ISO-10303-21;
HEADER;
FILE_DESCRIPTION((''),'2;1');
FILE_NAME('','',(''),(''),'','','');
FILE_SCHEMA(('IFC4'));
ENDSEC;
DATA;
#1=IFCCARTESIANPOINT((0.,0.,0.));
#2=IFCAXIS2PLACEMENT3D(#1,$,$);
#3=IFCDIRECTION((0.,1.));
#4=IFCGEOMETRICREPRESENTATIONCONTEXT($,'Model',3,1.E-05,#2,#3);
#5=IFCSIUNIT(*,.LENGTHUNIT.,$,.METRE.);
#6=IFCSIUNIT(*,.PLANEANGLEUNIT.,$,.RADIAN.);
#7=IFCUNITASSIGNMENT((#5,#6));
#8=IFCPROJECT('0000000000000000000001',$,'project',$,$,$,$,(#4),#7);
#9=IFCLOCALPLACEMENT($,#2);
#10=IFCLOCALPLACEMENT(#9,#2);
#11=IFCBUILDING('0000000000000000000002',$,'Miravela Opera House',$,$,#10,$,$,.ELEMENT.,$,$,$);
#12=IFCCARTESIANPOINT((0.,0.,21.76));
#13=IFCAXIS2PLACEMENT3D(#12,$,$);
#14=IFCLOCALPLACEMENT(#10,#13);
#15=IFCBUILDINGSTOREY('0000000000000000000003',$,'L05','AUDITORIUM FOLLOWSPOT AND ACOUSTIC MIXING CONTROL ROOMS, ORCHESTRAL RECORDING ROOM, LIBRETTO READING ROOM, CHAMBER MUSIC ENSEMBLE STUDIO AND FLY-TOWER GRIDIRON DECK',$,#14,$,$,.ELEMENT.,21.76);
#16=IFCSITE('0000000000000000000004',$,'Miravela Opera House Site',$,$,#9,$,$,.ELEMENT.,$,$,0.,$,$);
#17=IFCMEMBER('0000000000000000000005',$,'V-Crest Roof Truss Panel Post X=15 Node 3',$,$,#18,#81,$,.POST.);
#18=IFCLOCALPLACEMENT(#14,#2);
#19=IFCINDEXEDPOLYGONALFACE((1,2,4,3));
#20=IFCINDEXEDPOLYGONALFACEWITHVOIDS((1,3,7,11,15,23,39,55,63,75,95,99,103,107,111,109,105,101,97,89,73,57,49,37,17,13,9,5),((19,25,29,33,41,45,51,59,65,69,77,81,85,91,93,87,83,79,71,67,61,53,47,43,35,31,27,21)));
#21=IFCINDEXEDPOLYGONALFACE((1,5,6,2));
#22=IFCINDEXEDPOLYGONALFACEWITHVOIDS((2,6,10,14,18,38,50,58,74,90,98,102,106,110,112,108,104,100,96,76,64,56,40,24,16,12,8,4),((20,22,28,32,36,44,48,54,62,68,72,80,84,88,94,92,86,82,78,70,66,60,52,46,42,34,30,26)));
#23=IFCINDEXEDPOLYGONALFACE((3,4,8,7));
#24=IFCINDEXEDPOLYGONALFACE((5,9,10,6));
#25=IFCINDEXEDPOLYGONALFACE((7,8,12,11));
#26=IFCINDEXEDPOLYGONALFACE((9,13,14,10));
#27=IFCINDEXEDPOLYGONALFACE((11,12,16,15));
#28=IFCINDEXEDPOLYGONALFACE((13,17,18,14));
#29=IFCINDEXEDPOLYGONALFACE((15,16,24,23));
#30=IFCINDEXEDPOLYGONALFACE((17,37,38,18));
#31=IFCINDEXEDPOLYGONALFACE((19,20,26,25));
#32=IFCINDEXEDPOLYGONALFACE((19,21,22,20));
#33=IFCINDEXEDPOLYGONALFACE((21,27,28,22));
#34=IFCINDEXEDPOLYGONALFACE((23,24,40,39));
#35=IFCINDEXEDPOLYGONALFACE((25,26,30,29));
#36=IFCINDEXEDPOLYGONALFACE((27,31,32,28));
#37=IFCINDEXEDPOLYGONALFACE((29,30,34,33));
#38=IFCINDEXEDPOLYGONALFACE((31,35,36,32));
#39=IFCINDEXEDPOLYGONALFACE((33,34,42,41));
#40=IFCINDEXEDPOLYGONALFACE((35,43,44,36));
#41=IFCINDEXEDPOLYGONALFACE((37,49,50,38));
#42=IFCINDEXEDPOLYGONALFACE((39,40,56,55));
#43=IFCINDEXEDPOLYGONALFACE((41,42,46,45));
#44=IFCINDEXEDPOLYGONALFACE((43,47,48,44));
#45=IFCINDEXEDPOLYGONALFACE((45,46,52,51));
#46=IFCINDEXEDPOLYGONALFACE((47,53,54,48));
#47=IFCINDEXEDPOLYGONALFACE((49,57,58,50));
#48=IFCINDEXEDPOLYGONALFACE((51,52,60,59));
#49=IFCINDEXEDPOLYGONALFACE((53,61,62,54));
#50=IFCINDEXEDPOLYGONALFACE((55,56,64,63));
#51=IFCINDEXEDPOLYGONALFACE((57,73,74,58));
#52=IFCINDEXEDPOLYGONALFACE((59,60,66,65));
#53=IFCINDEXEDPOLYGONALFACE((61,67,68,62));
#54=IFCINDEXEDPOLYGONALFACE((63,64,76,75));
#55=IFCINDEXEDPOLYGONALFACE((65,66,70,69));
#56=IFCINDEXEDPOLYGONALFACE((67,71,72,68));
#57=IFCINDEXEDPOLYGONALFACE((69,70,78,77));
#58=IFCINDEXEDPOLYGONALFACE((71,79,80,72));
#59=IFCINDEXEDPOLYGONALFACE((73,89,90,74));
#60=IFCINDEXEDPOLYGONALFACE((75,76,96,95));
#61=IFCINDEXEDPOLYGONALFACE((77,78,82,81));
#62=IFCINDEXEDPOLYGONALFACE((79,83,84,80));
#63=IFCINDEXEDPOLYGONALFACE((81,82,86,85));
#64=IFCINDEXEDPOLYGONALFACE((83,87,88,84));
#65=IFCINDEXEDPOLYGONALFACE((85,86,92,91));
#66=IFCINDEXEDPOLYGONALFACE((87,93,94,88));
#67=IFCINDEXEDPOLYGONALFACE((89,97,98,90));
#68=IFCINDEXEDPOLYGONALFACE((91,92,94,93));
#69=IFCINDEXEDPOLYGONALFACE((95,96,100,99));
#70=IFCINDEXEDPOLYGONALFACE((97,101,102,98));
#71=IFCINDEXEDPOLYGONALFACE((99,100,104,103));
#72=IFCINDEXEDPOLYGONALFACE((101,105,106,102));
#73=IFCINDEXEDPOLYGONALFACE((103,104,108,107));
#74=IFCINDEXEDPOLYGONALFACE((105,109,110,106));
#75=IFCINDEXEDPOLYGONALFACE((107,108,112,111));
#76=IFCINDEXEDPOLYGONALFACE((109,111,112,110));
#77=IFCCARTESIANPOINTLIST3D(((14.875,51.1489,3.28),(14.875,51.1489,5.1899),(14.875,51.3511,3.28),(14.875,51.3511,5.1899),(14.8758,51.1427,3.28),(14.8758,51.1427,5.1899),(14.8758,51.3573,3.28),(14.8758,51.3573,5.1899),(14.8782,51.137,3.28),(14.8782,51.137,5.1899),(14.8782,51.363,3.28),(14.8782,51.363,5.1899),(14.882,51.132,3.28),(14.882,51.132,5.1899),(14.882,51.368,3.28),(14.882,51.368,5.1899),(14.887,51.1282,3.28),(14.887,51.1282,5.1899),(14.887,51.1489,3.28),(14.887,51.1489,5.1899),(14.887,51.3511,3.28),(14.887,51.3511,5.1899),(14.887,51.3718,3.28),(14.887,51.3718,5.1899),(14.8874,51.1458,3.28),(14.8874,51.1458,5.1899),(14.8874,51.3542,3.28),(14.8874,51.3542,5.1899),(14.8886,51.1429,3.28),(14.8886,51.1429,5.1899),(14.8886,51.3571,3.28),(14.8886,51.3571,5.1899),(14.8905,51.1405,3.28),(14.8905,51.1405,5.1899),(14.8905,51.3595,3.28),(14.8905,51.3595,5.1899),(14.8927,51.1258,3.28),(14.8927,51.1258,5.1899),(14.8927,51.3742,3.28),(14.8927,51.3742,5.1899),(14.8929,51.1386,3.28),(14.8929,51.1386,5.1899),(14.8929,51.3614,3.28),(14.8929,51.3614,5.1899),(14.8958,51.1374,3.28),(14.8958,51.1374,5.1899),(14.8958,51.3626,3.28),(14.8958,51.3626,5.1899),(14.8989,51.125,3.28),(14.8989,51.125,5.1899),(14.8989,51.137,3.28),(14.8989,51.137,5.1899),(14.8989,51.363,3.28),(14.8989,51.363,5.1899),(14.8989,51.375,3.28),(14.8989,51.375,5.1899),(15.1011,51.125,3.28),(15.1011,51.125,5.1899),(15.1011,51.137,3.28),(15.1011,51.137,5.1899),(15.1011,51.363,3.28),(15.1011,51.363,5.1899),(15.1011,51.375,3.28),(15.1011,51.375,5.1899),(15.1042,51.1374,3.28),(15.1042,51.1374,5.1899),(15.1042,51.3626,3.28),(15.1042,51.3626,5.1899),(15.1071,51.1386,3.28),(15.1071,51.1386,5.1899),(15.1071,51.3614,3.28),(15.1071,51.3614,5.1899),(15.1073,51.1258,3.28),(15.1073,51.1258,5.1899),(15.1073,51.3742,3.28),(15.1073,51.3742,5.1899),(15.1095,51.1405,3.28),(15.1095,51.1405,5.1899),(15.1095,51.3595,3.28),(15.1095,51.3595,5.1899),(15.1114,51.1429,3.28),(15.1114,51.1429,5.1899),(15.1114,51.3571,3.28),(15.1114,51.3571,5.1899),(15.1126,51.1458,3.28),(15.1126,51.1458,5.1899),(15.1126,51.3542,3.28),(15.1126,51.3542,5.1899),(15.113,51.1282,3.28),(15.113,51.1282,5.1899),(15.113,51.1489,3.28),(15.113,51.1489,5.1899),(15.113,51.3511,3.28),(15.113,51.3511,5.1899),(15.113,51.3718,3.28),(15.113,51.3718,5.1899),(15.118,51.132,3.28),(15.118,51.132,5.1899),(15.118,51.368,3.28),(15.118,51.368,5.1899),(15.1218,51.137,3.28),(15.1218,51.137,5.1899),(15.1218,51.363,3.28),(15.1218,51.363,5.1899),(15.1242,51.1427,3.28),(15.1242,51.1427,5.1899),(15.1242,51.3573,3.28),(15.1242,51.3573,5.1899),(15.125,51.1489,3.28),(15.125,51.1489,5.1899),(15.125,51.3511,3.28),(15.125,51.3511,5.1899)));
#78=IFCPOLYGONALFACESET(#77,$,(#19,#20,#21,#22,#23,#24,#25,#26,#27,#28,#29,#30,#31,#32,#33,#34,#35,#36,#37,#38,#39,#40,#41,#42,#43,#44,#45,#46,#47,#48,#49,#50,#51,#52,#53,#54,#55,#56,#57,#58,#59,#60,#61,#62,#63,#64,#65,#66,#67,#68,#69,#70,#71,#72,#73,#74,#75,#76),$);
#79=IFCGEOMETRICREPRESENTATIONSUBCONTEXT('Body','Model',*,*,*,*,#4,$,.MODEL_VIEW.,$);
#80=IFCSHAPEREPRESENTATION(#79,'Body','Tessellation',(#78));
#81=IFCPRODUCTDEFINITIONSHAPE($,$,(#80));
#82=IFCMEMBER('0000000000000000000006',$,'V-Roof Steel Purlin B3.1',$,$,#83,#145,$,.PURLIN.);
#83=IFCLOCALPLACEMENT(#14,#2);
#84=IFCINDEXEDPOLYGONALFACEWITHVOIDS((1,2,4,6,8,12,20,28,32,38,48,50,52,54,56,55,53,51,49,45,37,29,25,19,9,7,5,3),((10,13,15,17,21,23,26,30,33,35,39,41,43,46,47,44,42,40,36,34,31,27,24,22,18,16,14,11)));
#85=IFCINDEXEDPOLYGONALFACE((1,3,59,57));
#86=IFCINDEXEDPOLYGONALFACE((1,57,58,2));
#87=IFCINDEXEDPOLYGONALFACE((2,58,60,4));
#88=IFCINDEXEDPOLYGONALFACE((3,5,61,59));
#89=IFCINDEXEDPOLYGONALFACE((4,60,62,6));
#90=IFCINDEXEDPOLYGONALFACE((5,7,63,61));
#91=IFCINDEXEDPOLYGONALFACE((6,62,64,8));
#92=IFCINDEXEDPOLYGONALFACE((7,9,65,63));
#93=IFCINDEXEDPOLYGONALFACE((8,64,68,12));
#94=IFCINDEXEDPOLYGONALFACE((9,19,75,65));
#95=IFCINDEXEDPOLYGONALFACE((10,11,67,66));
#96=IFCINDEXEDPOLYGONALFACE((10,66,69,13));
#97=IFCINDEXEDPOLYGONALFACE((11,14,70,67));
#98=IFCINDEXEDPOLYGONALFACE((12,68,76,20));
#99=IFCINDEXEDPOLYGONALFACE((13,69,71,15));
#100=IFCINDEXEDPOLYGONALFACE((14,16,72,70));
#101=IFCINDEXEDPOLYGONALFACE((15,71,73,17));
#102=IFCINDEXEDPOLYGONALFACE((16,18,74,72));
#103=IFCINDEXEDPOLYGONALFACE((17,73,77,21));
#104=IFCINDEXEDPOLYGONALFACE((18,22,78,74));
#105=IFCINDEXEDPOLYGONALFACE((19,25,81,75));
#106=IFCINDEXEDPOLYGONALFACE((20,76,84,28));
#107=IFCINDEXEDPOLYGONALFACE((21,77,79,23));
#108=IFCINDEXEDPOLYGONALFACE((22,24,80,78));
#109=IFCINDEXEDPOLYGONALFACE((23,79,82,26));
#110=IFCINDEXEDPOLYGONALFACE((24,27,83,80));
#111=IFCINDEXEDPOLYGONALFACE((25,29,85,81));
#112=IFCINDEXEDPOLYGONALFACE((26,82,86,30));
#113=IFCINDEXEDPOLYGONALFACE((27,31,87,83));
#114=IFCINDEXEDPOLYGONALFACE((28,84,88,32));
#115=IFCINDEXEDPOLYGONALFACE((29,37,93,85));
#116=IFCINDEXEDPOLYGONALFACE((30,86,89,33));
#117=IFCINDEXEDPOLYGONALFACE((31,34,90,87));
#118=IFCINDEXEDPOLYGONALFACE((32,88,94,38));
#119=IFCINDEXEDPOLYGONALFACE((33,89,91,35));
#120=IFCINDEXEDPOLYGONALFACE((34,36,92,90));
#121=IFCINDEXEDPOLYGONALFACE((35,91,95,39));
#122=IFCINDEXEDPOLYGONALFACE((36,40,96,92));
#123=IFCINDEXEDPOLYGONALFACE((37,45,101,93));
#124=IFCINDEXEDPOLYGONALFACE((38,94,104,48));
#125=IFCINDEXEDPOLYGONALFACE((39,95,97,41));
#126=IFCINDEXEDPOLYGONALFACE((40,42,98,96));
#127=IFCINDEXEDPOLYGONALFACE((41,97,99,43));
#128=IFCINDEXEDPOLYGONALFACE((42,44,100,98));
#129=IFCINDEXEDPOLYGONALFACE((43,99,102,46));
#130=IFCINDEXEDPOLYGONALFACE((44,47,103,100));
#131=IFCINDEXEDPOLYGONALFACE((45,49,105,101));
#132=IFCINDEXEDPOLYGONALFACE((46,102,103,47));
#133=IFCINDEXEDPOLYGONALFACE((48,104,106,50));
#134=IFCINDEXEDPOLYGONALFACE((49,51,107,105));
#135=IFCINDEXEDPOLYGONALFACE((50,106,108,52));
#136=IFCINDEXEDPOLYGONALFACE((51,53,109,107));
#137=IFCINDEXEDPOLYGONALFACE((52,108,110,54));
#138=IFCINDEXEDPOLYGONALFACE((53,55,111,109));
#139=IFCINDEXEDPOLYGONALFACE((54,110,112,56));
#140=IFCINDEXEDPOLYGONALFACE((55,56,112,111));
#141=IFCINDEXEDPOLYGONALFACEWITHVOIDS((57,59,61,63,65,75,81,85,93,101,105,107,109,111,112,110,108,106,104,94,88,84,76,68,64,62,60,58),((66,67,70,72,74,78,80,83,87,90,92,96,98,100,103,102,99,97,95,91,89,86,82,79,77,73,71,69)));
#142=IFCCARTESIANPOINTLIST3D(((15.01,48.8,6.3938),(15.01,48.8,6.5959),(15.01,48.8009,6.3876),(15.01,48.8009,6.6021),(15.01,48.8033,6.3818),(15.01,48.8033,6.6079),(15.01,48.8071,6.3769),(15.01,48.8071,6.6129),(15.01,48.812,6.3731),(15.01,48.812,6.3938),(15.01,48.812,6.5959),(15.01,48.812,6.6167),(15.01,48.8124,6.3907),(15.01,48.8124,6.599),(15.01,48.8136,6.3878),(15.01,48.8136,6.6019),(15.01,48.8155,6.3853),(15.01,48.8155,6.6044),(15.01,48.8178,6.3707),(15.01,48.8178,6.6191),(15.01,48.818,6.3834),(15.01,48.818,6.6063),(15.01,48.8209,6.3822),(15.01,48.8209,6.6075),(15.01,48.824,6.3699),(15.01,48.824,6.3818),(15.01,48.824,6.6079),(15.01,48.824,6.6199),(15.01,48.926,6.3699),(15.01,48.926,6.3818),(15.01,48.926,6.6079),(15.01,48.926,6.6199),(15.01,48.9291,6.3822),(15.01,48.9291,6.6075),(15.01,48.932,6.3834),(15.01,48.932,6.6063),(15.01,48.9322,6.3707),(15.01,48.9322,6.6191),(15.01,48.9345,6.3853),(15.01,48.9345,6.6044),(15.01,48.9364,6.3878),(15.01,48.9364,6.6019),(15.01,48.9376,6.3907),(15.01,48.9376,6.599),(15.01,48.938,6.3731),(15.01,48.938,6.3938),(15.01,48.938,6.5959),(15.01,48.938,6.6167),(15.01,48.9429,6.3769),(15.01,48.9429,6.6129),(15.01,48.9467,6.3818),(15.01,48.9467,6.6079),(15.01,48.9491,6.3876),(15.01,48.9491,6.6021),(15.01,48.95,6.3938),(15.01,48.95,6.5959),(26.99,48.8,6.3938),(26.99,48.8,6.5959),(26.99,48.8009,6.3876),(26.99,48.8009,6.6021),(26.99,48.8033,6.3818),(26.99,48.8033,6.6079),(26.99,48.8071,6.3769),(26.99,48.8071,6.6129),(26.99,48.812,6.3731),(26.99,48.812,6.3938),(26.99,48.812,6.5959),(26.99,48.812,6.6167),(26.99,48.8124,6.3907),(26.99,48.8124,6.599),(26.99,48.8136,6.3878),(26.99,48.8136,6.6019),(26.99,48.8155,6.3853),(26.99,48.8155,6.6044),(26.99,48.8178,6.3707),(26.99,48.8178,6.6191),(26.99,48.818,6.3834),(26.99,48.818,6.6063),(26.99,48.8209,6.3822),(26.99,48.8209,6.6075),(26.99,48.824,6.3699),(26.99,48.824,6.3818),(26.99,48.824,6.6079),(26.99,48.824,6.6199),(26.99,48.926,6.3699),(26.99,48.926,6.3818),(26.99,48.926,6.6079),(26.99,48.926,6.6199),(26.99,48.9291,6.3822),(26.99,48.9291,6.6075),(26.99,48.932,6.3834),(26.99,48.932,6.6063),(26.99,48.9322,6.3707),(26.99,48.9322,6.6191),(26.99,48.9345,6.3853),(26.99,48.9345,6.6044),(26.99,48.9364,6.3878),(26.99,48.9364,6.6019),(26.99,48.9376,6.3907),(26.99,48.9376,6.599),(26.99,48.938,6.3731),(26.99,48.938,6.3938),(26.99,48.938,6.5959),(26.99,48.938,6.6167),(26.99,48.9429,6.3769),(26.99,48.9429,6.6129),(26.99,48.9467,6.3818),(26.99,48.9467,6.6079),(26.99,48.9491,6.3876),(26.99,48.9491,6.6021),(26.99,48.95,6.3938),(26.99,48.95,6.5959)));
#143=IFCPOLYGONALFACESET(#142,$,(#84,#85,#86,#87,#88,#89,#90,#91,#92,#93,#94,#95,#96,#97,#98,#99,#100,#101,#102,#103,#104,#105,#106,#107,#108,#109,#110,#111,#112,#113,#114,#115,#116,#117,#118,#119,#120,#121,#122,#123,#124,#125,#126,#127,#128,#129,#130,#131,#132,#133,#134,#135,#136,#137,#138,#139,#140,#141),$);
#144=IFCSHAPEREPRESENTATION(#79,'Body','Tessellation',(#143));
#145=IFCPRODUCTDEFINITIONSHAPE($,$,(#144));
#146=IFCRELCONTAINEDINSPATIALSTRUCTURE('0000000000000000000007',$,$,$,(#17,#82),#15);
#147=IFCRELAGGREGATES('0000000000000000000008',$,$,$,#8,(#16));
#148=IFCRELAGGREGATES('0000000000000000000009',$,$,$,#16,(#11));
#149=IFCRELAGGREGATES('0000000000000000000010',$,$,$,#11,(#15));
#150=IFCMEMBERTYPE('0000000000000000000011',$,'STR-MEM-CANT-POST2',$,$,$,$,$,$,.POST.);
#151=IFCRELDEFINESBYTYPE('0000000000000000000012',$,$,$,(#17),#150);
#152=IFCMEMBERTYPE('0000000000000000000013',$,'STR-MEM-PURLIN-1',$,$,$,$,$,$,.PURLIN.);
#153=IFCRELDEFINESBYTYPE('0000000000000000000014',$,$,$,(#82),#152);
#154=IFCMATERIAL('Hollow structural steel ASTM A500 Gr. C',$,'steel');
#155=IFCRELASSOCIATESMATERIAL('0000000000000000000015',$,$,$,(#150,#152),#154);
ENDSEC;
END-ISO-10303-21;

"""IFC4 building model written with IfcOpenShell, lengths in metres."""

from ifc_helpers import new_model, si_unit, direction, frame, origin, origin_2d, place, context, subcontext, project, spatial, hollow_rectangle, extrude, material, material_profile, profile_set, type_object, element, save


model = new_model("IFC4")

# Units and contexts
model_context = context("Model", 3, precision=1e-05, world=origin(), true_north=direction((0.0, 1.0)))
body_context = subcontext(model_context, "Body", "Model", "MODEL_VIEW")
ifc_project = project(units=[si_unit("LENGTHUNIT", "METRE"), si_unit("PLANEANGLEUNIT", "RADIAN")], contexts=[model_context])

# Site, building, storey
site_placement = place(None, origin())
site = spatial("IfcSite", under=ifc_project, at=site_placement, Name="Miravela Opera House Site", CompositionType="ELEMENT", RefElevation=0.0)
building_placement = place(site_placement, origin())
building = spatial("IfcBuilding", under=site, at=building_placement, Name="Miravela Opera House", CompositionType="ELEMENT")
storey_placement = place(building_placement, frame((0.0, 0.0, 21.76)))
storey = spatial("IfcBuildingStorey", under=building, at=storey_placement, Name="L05", Description="AUDITORIUM FOLLOWSPOT AND ACOUSTIC MIXING CONTROL ROOMS, ORCHESTRAL RECORDING ROOM, LIBRETTO READING ROOM, CHAMBER MUSIC ENSEMBLE STUDIO AND FLY-TOWER GRIDIRON DECK", CompositionType="ELEMENT", Elevation=21.76)

# Members
ifc_material_1 = material(Name="Hollow structural steel ASTM A500 Gr. C", Category="steel")
ifc_material_profile_1 = material_profile(ifc_material_1, hollow_rectangle(XDim=0.25, YDim=0.25, WallThickness=0.012, InnerFilletRadius=0.012, OuterFilletRadius=0.0239, at=origin_2d()), Name="HSS250X250X12")
ifc_profile_set_1 = profile_set([ifc_material_profile_1])
member_type_1 = type_object("IfcMemberType", Name="STR-MEM-CANT-POST2", PredefinedType="POST", material=ifc_profile_set_1)
member_1_placement = place(storey_placement, frame((15.0, 51.25, 3.28), z_axis=(0.0, 0.0, 1.0), x_axis=(1.0, 0.0, 0.0)))
element("IfcMember", 1, at=member_1_placement, inside=storey, type_object=member_type_1, Name="V-Crest Roof Truss Panel Post X=15 Node 3", PredefinedType="POST", context=body_context, shape_type="SweptSolid", body=[
    extrude(hollow_rectangle(XDim=0.25, YDim=0.25, WallThickness=0.012, InnerFilletRadius=0.012, OuterFilletRadius=0.0239, at=origin_2d()), origin(), (0.0, 0.0, 1.0), 1.9099),
])
ifc_material_profile_2 = material_profile(ifc_material_1, hollow_rectangle(XDim=0.1499, YDim=0.25, WallThickness=0.012, InnerFilletRadius=0.012, OuterFilletRadius=0.0239, at=origin_2d()), Name="HSS250X150X12")
ifc_profile_set_2 = profile_set([ifc_material_profile_2])
member_type_2 = type_object("IfcMemberType", Name="STR-MEM-PURLIN-1", PredefinedType="PURLIN", material=ifc_profile_set_2)
for number, where, z_axis, x_axis, name in (
    (2, (15.01, 48.875, 6.4949), (1.0, 0.0, 0.0), (0.0, 1.0, 0.0), "V-Roof Steel Purlin B3.1"),
):
    element("IfcMember", number, at=place(storey_placement, frame(where, z_axis=z_axis, x_axis=x_axis)), inside=storey, type_object=member_type_2, Name=name, PredefinedType="PURLIN", context=body_context, shape_type="SweptSolid", body=[
        extrude(hollow_rectangle(XDim=0.1499, YDim=0.25, WallThickness=0.012, InnerFilletRadius=0.012, OuterFilletRadius=0.0239, at=origin_2d()), origin(), (0.0, 0.0, 1.0), 11.98),
    ])

save(model, "model.ifc")
